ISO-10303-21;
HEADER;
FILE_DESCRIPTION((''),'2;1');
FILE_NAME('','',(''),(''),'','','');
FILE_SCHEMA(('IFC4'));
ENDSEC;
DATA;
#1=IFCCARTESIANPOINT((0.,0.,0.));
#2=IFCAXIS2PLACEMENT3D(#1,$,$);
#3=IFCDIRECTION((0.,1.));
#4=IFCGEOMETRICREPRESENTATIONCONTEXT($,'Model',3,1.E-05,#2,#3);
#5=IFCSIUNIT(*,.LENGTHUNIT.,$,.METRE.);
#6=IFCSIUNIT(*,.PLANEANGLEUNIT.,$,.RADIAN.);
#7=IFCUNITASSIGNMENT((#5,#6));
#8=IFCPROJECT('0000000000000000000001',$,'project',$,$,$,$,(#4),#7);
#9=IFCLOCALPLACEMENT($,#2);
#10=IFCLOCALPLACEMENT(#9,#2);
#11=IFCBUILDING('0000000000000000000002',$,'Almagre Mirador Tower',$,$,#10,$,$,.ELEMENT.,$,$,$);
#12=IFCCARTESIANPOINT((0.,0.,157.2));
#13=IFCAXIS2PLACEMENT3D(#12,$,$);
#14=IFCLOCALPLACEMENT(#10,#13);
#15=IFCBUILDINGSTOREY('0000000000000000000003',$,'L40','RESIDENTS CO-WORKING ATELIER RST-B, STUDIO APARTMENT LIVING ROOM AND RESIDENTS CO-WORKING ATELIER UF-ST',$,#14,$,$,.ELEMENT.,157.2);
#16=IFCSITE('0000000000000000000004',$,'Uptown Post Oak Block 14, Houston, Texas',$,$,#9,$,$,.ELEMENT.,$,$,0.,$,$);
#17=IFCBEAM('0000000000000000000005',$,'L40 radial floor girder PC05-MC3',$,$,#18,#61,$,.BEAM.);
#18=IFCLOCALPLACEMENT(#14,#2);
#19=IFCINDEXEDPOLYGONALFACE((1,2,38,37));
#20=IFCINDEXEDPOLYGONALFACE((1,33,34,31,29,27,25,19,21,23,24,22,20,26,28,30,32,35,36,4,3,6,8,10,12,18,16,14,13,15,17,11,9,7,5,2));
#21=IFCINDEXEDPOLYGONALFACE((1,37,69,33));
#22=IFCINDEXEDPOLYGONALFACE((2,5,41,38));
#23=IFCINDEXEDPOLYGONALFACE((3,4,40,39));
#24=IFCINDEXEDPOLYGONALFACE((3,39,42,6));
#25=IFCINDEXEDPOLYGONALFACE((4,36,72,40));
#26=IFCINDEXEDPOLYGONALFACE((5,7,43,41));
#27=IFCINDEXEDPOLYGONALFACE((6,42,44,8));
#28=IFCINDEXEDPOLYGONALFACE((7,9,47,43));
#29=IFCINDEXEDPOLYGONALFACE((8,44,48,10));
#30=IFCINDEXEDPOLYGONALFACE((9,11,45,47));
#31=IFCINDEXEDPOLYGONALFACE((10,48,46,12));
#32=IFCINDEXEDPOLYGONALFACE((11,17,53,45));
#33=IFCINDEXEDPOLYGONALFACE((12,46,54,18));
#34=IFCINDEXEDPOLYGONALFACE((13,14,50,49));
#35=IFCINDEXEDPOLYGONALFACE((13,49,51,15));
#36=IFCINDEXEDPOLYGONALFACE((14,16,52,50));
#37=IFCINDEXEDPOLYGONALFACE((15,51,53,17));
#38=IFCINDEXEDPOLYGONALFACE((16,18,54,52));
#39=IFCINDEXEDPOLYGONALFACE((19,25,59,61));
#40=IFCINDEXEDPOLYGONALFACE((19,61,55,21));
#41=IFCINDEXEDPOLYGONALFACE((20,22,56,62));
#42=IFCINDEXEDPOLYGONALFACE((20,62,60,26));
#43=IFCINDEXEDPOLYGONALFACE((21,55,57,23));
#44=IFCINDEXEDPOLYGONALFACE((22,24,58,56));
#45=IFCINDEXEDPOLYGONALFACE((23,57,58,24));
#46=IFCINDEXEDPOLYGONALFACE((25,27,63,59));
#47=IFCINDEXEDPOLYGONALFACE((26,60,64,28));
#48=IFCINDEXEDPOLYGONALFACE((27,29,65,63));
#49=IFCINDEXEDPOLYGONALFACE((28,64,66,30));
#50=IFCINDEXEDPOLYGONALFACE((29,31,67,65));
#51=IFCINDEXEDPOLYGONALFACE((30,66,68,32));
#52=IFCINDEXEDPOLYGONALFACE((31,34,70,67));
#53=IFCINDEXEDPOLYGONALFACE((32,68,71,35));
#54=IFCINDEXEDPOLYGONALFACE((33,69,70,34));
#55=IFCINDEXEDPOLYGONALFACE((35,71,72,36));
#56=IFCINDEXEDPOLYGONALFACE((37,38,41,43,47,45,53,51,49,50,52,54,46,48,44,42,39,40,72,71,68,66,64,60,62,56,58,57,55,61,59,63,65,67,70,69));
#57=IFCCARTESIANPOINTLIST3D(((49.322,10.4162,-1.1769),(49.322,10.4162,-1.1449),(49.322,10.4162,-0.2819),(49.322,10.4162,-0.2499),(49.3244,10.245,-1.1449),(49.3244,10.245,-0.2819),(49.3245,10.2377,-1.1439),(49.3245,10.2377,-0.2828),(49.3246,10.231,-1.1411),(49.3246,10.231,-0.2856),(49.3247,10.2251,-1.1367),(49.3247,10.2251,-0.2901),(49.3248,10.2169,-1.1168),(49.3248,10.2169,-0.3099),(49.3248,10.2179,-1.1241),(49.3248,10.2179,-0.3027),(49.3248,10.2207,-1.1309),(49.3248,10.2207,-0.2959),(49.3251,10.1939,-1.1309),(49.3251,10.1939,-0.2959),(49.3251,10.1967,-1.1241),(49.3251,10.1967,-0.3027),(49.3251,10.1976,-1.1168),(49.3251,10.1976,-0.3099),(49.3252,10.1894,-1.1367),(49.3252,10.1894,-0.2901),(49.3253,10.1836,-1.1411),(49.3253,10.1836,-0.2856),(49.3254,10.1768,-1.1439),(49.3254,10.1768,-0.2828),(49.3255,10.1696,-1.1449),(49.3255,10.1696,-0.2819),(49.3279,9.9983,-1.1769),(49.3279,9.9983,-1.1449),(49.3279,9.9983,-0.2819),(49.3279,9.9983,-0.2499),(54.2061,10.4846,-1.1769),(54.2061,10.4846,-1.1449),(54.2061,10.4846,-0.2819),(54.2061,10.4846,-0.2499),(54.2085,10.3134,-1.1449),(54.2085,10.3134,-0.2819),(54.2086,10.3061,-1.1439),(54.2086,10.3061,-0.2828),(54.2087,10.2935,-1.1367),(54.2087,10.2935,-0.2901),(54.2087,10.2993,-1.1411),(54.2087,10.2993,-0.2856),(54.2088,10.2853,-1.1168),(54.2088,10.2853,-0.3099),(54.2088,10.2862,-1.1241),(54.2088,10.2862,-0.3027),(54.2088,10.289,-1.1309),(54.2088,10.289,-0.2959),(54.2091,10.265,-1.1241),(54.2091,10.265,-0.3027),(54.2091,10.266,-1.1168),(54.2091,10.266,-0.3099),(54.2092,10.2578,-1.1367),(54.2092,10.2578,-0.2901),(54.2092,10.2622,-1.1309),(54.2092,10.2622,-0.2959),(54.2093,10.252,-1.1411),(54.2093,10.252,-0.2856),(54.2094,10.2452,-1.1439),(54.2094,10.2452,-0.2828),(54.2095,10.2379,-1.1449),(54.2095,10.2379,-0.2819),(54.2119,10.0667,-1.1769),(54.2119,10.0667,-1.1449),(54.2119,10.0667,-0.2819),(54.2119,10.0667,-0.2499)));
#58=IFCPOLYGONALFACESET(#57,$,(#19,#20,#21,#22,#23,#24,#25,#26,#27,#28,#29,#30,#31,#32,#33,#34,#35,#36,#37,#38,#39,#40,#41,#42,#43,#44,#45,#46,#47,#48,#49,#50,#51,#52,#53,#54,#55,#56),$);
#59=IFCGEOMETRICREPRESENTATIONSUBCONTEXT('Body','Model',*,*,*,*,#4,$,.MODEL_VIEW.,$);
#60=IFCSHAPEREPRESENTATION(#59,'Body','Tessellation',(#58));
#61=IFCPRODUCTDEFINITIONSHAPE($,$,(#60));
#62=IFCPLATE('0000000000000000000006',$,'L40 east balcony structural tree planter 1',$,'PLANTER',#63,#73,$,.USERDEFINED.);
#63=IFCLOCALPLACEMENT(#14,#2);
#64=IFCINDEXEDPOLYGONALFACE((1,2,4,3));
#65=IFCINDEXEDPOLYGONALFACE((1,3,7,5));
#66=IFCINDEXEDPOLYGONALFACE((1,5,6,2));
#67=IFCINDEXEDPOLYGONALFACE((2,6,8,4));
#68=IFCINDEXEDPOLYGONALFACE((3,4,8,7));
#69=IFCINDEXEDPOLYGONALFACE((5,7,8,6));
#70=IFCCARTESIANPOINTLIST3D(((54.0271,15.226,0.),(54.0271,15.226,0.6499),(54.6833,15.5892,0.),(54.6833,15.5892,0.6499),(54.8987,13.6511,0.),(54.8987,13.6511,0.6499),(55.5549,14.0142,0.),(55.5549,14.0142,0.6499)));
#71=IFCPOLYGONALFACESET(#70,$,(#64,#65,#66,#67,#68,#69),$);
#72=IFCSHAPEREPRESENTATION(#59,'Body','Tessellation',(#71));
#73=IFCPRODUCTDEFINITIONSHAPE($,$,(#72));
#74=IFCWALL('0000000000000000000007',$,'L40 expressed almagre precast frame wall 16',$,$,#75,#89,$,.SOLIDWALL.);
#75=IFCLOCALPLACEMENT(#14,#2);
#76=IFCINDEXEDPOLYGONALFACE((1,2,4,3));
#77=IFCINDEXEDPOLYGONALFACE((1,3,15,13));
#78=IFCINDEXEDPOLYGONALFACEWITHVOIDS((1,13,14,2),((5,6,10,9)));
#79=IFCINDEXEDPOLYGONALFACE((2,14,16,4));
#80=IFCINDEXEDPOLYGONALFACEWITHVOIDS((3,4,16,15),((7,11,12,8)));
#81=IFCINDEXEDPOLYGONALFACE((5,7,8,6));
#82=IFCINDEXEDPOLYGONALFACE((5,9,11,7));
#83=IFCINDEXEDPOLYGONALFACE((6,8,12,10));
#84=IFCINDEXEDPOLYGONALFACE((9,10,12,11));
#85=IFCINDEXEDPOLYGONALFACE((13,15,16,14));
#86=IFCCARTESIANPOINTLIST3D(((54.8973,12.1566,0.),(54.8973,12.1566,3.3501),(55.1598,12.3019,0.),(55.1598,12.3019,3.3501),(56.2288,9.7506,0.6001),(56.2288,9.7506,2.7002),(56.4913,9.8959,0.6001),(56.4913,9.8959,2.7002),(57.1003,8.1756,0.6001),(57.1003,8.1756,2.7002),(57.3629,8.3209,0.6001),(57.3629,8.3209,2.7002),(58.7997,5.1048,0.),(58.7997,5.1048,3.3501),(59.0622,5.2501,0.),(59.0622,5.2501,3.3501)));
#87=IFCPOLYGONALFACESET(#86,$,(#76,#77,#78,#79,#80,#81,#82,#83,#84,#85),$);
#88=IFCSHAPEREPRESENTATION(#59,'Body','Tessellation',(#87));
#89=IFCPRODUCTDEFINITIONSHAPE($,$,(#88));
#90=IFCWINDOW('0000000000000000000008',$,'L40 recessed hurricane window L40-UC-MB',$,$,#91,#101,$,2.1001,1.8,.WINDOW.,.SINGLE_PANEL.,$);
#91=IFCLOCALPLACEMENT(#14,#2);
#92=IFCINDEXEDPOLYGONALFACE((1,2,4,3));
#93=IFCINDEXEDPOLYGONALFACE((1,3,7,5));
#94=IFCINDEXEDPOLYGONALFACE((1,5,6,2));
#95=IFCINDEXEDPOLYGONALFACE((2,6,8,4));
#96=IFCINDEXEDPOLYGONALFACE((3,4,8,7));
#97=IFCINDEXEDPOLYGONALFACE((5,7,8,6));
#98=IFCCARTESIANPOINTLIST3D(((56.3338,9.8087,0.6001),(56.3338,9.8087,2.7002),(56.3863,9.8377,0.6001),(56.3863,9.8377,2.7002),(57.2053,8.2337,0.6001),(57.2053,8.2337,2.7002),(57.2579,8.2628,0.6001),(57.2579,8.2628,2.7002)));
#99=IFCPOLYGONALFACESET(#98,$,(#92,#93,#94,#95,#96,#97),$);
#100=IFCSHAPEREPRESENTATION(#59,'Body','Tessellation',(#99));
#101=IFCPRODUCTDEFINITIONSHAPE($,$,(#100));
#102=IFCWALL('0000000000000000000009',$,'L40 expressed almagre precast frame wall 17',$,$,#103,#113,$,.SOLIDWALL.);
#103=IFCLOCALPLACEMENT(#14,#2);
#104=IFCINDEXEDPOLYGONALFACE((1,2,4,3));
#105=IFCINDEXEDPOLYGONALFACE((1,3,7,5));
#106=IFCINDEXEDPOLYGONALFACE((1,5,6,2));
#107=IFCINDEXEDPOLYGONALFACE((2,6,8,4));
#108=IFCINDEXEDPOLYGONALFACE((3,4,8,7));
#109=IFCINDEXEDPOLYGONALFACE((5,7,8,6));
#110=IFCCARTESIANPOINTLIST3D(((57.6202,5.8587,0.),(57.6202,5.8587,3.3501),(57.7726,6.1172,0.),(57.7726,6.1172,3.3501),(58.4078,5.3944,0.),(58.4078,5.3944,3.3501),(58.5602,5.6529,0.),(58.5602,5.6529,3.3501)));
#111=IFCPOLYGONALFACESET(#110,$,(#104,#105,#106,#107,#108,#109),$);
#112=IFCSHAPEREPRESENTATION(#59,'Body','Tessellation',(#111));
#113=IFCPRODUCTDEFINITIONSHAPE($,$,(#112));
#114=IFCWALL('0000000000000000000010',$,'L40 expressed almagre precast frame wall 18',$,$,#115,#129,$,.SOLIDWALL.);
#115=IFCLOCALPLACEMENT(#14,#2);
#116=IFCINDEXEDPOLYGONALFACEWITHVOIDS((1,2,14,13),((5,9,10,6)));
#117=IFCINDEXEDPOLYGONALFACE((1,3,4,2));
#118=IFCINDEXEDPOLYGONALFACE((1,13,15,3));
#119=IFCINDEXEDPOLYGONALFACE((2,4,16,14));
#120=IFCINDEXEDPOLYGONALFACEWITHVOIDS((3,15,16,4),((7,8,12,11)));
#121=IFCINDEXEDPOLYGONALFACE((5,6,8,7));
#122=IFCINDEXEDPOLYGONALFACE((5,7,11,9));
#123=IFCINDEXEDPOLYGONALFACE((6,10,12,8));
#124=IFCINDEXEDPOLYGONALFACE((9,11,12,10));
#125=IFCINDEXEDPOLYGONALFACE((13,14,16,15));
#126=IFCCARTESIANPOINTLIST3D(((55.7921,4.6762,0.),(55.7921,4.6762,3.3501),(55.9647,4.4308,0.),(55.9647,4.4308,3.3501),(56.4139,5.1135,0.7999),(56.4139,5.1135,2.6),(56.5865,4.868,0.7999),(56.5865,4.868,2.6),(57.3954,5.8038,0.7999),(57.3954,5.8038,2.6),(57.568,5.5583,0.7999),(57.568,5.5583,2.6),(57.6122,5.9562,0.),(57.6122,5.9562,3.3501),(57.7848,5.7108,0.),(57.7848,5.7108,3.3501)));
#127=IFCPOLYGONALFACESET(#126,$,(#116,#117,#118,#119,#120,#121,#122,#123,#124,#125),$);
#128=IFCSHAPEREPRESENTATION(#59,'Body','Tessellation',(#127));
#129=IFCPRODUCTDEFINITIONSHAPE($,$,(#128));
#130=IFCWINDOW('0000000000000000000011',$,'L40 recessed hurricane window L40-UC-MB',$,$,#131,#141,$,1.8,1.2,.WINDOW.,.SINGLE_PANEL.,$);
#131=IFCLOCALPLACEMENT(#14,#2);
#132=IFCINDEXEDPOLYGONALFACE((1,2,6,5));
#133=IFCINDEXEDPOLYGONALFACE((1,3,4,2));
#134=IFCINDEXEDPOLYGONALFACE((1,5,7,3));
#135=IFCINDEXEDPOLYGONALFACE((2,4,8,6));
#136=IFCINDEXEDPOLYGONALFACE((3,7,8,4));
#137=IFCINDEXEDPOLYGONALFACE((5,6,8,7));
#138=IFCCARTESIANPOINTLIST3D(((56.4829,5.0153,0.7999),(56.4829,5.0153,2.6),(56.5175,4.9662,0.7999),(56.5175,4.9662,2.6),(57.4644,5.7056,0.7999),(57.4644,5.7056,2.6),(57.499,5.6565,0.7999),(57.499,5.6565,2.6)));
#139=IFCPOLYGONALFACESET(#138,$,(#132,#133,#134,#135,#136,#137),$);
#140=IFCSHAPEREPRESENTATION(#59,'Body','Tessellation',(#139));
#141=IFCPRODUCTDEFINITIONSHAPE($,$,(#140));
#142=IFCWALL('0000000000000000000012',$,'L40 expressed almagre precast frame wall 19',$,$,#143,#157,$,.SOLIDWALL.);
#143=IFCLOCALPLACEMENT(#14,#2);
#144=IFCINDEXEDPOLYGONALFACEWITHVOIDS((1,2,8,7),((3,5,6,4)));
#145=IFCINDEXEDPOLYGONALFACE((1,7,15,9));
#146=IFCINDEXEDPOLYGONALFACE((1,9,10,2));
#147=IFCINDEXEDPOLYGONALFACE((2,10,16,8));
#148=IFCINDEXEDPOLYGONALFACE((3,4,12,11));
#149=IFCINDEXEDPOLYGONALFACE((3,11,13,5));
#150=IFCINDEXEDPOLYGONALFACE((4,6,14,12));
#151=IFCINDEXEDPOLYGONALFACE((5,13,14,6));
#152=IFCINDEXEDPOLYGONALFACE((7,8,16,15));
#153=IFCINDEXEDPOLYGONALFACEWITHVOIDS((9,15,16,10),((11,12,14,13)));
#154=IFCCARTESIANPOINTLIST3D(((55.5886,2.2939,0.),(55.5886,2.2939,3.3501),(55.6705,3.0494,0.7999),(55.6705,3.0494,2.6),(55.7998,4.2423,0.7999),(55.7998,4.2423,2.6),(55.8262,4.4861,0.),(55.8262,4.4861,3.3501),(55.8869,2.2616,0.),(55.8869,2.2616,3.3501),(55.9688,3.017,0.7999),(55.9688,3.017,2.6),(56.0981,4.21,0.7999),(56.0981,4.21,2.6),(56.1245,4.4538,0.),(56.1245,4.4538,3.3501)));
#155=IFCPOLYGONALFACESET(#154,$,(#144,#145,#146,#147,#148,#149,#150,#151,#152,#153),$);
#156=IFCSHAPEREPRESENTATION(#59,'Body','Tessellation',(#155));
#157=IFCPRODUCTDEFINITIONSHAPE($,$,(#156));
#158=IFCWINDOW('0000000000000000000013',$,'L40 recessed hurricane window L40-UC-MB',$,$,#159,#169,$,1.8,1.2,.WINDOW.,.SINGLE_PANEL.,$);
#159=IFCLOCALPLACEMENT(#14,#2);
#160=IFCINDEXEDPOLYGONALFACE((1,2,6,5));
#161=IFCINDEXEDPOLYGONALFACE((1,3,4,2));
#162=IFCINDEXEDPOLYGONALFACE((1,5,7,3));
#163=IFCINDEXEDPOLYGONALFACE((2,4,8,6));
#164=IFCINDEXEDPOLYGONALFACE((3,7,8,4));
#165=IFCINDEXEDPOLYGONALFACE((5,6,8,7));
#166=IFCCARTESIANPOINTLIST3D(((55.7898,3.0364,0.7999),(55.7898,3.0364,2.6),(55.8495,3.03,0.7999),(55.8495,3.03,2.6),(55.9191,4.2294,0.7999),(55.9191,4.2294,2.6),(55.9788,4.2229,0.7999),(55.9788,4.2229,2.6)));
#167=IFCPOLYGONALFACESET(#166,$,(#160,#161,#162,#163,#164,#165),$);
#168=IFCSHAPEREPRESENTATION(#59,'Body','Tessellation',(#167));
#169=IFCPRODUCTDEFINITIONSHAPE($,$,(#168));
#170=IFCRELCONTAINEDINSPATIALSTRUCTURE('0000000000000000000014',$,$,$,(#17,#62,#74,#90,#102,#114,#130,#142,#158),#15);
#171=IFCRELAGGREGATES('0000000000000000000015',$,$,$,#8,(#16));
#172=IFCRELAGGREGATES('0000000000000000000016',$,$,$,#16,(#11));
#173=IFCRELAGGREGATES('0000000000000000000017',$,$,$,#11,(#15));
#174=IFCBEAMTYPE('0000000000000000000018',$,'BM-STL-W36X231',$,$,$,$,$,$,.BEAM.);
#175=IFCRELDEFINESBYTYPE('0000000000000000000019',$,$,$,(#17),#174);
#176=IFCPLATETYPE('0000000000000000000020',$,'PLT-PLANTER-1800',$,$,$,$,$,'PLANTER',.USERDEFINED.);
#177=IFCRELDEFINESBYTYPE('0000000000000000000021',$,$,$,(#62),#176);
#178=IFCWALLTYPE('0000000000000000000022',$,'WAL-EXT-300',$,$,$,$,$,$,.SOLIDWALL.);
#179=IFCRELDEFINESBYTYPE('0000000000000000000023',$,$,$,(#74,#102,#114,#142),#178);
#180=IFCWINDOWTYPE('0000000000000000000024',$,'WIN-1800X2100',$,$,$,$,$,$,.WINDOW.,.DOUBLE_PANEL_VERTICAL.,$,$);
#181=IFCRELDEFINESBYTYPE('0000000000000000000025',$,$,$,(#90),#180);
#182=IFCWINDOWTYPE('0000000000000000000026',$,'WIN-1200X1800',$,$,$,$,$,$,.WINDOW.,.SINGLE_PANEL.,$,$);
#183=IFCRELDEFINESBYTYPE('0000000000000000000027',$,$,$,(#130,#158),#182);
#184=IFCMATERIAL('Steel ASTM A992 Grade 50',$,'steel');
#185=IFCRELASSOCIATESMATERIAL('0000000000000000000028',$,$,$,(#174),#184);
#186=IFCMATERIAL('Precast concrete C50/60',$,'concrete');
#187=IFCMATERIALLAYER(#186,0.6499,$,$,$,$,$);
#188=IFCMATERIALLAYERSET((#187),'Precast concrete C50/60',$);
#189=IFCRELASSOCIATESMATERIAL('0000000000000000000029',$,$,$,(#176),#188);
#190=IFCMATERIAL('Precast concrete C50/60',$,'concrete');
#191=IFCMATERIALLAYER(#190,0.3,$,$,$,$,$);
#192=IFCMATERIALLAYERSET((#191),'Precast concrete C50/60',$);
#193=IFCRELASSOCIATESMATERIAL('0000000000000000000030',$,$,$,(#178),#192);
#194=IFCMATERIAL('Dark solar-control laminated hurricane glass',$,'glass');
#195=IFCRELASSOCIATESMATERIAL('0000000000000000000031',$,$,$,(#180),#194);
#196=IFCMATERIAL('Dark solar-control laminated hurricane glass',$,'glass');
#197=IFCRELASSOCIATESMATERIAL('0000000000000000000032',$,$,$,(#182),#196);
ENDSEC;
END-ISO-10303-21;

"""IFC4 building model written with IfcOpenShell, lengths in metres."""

from ifc_helpers import new_model, si_unit, direction, frame, frame_2d, origin, origin_2d, place, context, subcontext, project, spatial, rectangle, i_section, extrude, material, layer, layer_set, material_profile, profile_set, type_object, element, fill, save


model = new_model("IFC4")

# Units and contexts
model_context = context("Model", 3, precision=1e-05, world=origin(), true_north=direction((0.0, 1.0)))
body_context = subcontext(model_context, "Body", "Model", "MODEL_VIEW")
ifc_project = project(units=[si_unit("LENGTHUNIT", "METRE"), si_unit("PLANEANGLEUNIT", "RADIAN")], contexts=[model_context])

# Site, building, storey
site_placement = place(None, origin())
site = spatial("IfcSite", under=ifc_project, at=site_placement, Name="Uptown Post Oak Block 14, Houston, Texas", CompositionType="ELEMENT", RefElevation=0.0)
building_placement = place(site_placement, origin())
building = spatial("IfcBuilding", under=site, at=building_placement, Name="Almagre Mirador Tower", CompositionType="ELEMENT")
storey_placement = place(building_placement, frame((0.0, 0.0, 157.2)))
storey = spatial("IfcBuildingStorey", under=building, at=storey_placement, Name="L40", Description="RESIDENTS CO-WORKING ATELIER RST-B, STUDIO APARTMENT LIVING ROOM AND RESIDENTS CO-WORKING ATELIER UF-ST", CompositionType="ELEMENT", Elevation=157.2)

# Beam
ifc_material_1 = material(Name="Steel ASTM A992 Grade 50", Category="steel")
ifc_material_profile_1 = material_profile(ifc_material_1, i_section(OverallWidth=0.418, OverallDepth=0.927, WebThickness=0.0193, FlangeThickness=0.032, FilletRadius=0.0281, at=origin_2d()), Name="W36X231")
ifc_profile_set_1 = profile_set([ifc_material_profile_1], Name="Steel ASTM A992 Grade 50")
beam_type_1 = type_object("IfcBeamType", Name="BM-STL-W36X231", PredefinedType="BEAM", material=ifc_profile_set_1)
beam_1_placement = place(storey_placement, frame((54.209, 10.2756, -0.7134), z_axis=(-0.999902, -0.013995, 0.0), x_axis=(0.013995, -0.999902, 0.0)))
element("IfcBeam", 1, at=beam_1_placement, inside=storey, type_object=beam_type_1, Name="L40 radial floor girder PC05-MC3", PredefinedType="BEAM", context=body_context, shape_type="SweptSolid", body=[
    extrude(i_section(OverallWidth=0.418, OverallDepth=0.927, WebThickness=0.0193, FlangeThickness=0.032, FilletRadius=0.0281, at=origin_2d()), origin(), (0.0, 0.0, 1.0), 4.8845),
])

# Plate
ifc_material_2 = material(Name="Precast concrete C50/60", Category="concrete")
ifc_layer_1 = layer(ifc_material_2, 0.6499)
ifc_layer_set_1 = layer_set([ifc_layer_1], Name="Precast concrete C50/60")
plate_type = type_object("IfcPlateType", Name="PLT-PLANTER-1800", ElementType="PLANTER", PredefinedType="USERDEFINED", material=ifc_layer_set_1)
plate_placement = place(storey_placement, frame((54.791, 14.6201, 0.0), z_axis=(0.0, 0.0, 1.0), x_axis=(-0.484199, 0.874958, 0.0)))
element("IfcPlate", 2, at=plate_placement, inside=storey, type_object=plate_type, Name="L40 east balcony structural tree planter 1", ObjectType="PLANTER", PredefinedType="USERDEFINED", context=body_context, shape_type="SweptSolid", body=[
    extrude(rectangle(XDim=1.8, YDim=0.75, at=origin_2d()), origin(), (0.0, 0.0, 1.0), 0.6499),
])

# Wall, opening, window
ifc_material_3 = material(Name="Precast concrete C50/60", Category="concrete")
ifc_layer_2 = layer(ifc_material_3, 0.3)
ifc_layer_set_2 = layer_set([ifc_layer_2], Name="Precast concrete C50/60")
wall_type = type_object("IfcWallType", Name="WAL-EXT-300", PredefinedType="SOLIDWALL", material=ifc_layer_set_2)
wall_1_placement = place(storey_placement, frame((55.0286, 12.2292, 0.0), z_axis=(0.0, 0.0, 1.0), x_axis=(0.484192, -0.874962, 0.0)))
wall_1 = element("IfcWall", 3, at=wall_1_placement, inside=storey, type_object=wall_type, Name="L40 expressed almagre precast frame wall 16", PredefinedType="SOLIDWALL", context=body_context, shape_type="SweptSolid", body=[
    extrude(rectangle(XDim=8.0596, YDim=0.3, at=frame_2d((4.0298, 0.0))), origin(), (0.0, 0.0, 1.0), 3.3501),
])
opening_1_placement = place(wall_1_placement, frame((2.75, 0.0, 0.6001)))
opening_1 = element("IfcOpeningElement", 4, at=opening_1_placement, cuts=wall_1, PredefinedType="OPENING", context=body_context, shape_type="SweptSolid", body=[
    extrude(rectangle(XDim=1.8, YDim=2.1001, at=frame_2d((0.8999, 1.05))), frame((0.0, 0.1599, 0.0), z_axis=(0.0, -1.0, 0.0), x_axis=(1.0, 0.0, 0.0)), (0.0, 0.0, 1.0), 0.32),
])
ifc_material_4 = material(Name="Dark solar-control laminated hurricane glass", Category="glass")
window_type_1 = type_object("IfcWindowType", Name="WIN-1800X2100", PartitioningType="DOUBLE_PANEL_VERTICAL", PredefinedType="WINDOW", material=ifc_material_4)
window_1_placement = place(opening_1_placement, origin())
window_1 = element("IfcWindow", 5, at=window_1_placement, inside=storey, type_object=window_type_1, Name="L40 recessed hurricane window L40-UC-MB", OverallHeight=2.1001, OverallWidth=1.8, PartitioningType="SINGLE_PANEL", PredefinedType="WINDOW", context=body_context, shape_type="SweptSolid", body=[
    extrude(rectangle(XDim=1.8, YDim=2.1001, at=frame_2d((0.8999, 1.05))), frame((0.0, 0.03, 0.0), z_axis=(0.0, -1.0, 0.0), x_axis=(1.0, 0.0, 0.0)), (0.0, 0.0, 1.0), 0.0601),
])
fill(opening_1, window_1)

# Wall
wall_2_placement = place(storey_placement, frame((58.4839, 5.5237, 0.0), z_axis=(0.0, 0.0, 1.0), x_axis=(-0.861426, 0.507883, 0.0)))
element("IfcWall", 6, at=wall_2_placement, inside=storey, type_object=wall_type, Name="L40 expressed almagre precast frame wall 17", PredefinedType="SOLIDWALL", context=body_context, shape_type="SweptSolid", body=[
    extrude(rectangle(XDim=0.9143, YDim=0.3, at=frame_2d((0.457, 0.0))), origin(), (0.0, 0.0, 1.0), 3.3501),
])

# Walls, openings, windows
wall_3_placement = place(storey_placement, frame((57.6985, 5.8335, 0.0), z_axis=(0.0, 0.0, 1.0), x_axis=(-0.817967, -0.575265, 0.0)))
wall_3 = element("IfcWall", 7, at=wall_3_placement, inside=storey, type_object=wall_type, Name="L40 expressed almagre precast frame wall 18", PredefinedType="SOLIDWALL", context=body_context, shape_type="SweptSolid", body=[
    extrude(rectangle(XDim=2.2251, YDim=0.3, at=frame_2d((1.1125, 0.0))), origin(), (0.0, 0.0, 1.0), 3.3501),
])
opening_2_placement = place(wall_3_placement, frame((0.2649, 0.0, 0.8)))
opening_2 = element("IfcOpeningElement", 8, at=opening_2_placement, cuts=wall_3, PredefinedType="OPENING", context=body_context, shape_type="SweptSolid", body=[
    extrude(rectangle(XDim=1.2, YDim=1.8, at=frame_2d((0.6001, 0.8999))), frame((0.0, 0.1599, 0.0), z_axis=(0.0, -1.0, 0.0), x_axis=(1.0, 0.0, 0.0)), (0.0, 0.0, 1.0), 0.32),
])
ifc_material_5 = material(Name="Dark solar-control laminated hurricane glass", Category="glass")
window_type_2 = type_object("IfcWindowType", Name="WIN-1200X1800", PartitioningType="SINGLE_PANEL", PredefinedType="WINDOW", material=ifc_material_5)
window_2_placement = place(opening_2_placement, origin())
window_2 = element("IfcWindow", 9, at=window_2_placement, inside=storey, type_object=window_type_2, Name="L40 recessed hurricane window L40-UC-MB", OverallHeight=1.8, OverallWidth=1.2, PartitioningType="SINGLE_PANEL", PredefinedType="WINDOW", context=body_context, shape_type="SweptSolid", body=[
    extrude(rectangle(XDim=1.2, YDim=1.8, at=frame_2d((0.6001, 0.8999))), frame((0.0, 0.03, 0.0), z_axis=(0.0, -1.0, 0.0), x_axis=(1.0, 0.0, 0.0)), (0.0, 0.0, 1.0), 0.0601),
])
fill(opening_2, window_2)
wall_4_placement = place(storey_placement, frame((55.9753, 4.47, 0.0), z_axis=(0.0, 0.0, 1.0), x_axis=(-0.107733, -0.99418, 0.0)))
wall_4 = element("IfcWall", 10, at=wall_4_placement, inside=storey, type_object=wall_type, Name="L40 expressed almagre precast frame wall 19", PredefinedType="SOLIDWALL", context=body_context, shape_type="SweptSolid", body=[
    extrude(rectangle(XDim=2.2051, YDim=0.3, at=frame_2d((1.1025, 0.0))), origin(), (0.0, 0.0, 1.0), 3.3501),
])
opening_3_placement = place(wall_4_placement, frame((0.2451, 0.0, 0.8)))
opening_3 = element("IfcOpeningElement", 11, at=opening_3_placement, cuts=wall_4, PredefinedType="OPENING", context=body_context, shape_type="SweptSolid", body=[
    extrude(rectangle(XDim=1.2, YDim=1.8, at=frame_2d((0.6001, 0.8999))), frame((0.0, 0.1599, 0.0), z_axis=(0.0, -1.0, 0.0), x_axis=(1.0, 0.0, 0.0)), (0.0, 0.0, 1.0), 0.32),
])
window_3_placement = place(opening_3_placement, origin())
window_3 = element("IfcWindow", 12, at=window_3_placement, inside=storey, type_object=window_type_2, Name="L40 recessed hurricane window L40-UC-MB", OverallHeight=1.8, OverallWidth=1.2, PartitioningType="SINGLE_PANEL", PredefinedType="WINDOW", context=body_context, shape_type="SweptSolid", body=[
    extrude(rectangle(XDim=1.2, YDim=1.8, at=frame_2d((0.6001, 0.8999))), frame((0.0, 0.03, 0.0), z_axis=(0.0, -1.0, 0.0), x_axis=(1.0, 0.0, 0.0)), (0.0, 0.0, 1.0), 0.0601),
])
fill(opening_3, window_3)

save(model, "model.ifc")
